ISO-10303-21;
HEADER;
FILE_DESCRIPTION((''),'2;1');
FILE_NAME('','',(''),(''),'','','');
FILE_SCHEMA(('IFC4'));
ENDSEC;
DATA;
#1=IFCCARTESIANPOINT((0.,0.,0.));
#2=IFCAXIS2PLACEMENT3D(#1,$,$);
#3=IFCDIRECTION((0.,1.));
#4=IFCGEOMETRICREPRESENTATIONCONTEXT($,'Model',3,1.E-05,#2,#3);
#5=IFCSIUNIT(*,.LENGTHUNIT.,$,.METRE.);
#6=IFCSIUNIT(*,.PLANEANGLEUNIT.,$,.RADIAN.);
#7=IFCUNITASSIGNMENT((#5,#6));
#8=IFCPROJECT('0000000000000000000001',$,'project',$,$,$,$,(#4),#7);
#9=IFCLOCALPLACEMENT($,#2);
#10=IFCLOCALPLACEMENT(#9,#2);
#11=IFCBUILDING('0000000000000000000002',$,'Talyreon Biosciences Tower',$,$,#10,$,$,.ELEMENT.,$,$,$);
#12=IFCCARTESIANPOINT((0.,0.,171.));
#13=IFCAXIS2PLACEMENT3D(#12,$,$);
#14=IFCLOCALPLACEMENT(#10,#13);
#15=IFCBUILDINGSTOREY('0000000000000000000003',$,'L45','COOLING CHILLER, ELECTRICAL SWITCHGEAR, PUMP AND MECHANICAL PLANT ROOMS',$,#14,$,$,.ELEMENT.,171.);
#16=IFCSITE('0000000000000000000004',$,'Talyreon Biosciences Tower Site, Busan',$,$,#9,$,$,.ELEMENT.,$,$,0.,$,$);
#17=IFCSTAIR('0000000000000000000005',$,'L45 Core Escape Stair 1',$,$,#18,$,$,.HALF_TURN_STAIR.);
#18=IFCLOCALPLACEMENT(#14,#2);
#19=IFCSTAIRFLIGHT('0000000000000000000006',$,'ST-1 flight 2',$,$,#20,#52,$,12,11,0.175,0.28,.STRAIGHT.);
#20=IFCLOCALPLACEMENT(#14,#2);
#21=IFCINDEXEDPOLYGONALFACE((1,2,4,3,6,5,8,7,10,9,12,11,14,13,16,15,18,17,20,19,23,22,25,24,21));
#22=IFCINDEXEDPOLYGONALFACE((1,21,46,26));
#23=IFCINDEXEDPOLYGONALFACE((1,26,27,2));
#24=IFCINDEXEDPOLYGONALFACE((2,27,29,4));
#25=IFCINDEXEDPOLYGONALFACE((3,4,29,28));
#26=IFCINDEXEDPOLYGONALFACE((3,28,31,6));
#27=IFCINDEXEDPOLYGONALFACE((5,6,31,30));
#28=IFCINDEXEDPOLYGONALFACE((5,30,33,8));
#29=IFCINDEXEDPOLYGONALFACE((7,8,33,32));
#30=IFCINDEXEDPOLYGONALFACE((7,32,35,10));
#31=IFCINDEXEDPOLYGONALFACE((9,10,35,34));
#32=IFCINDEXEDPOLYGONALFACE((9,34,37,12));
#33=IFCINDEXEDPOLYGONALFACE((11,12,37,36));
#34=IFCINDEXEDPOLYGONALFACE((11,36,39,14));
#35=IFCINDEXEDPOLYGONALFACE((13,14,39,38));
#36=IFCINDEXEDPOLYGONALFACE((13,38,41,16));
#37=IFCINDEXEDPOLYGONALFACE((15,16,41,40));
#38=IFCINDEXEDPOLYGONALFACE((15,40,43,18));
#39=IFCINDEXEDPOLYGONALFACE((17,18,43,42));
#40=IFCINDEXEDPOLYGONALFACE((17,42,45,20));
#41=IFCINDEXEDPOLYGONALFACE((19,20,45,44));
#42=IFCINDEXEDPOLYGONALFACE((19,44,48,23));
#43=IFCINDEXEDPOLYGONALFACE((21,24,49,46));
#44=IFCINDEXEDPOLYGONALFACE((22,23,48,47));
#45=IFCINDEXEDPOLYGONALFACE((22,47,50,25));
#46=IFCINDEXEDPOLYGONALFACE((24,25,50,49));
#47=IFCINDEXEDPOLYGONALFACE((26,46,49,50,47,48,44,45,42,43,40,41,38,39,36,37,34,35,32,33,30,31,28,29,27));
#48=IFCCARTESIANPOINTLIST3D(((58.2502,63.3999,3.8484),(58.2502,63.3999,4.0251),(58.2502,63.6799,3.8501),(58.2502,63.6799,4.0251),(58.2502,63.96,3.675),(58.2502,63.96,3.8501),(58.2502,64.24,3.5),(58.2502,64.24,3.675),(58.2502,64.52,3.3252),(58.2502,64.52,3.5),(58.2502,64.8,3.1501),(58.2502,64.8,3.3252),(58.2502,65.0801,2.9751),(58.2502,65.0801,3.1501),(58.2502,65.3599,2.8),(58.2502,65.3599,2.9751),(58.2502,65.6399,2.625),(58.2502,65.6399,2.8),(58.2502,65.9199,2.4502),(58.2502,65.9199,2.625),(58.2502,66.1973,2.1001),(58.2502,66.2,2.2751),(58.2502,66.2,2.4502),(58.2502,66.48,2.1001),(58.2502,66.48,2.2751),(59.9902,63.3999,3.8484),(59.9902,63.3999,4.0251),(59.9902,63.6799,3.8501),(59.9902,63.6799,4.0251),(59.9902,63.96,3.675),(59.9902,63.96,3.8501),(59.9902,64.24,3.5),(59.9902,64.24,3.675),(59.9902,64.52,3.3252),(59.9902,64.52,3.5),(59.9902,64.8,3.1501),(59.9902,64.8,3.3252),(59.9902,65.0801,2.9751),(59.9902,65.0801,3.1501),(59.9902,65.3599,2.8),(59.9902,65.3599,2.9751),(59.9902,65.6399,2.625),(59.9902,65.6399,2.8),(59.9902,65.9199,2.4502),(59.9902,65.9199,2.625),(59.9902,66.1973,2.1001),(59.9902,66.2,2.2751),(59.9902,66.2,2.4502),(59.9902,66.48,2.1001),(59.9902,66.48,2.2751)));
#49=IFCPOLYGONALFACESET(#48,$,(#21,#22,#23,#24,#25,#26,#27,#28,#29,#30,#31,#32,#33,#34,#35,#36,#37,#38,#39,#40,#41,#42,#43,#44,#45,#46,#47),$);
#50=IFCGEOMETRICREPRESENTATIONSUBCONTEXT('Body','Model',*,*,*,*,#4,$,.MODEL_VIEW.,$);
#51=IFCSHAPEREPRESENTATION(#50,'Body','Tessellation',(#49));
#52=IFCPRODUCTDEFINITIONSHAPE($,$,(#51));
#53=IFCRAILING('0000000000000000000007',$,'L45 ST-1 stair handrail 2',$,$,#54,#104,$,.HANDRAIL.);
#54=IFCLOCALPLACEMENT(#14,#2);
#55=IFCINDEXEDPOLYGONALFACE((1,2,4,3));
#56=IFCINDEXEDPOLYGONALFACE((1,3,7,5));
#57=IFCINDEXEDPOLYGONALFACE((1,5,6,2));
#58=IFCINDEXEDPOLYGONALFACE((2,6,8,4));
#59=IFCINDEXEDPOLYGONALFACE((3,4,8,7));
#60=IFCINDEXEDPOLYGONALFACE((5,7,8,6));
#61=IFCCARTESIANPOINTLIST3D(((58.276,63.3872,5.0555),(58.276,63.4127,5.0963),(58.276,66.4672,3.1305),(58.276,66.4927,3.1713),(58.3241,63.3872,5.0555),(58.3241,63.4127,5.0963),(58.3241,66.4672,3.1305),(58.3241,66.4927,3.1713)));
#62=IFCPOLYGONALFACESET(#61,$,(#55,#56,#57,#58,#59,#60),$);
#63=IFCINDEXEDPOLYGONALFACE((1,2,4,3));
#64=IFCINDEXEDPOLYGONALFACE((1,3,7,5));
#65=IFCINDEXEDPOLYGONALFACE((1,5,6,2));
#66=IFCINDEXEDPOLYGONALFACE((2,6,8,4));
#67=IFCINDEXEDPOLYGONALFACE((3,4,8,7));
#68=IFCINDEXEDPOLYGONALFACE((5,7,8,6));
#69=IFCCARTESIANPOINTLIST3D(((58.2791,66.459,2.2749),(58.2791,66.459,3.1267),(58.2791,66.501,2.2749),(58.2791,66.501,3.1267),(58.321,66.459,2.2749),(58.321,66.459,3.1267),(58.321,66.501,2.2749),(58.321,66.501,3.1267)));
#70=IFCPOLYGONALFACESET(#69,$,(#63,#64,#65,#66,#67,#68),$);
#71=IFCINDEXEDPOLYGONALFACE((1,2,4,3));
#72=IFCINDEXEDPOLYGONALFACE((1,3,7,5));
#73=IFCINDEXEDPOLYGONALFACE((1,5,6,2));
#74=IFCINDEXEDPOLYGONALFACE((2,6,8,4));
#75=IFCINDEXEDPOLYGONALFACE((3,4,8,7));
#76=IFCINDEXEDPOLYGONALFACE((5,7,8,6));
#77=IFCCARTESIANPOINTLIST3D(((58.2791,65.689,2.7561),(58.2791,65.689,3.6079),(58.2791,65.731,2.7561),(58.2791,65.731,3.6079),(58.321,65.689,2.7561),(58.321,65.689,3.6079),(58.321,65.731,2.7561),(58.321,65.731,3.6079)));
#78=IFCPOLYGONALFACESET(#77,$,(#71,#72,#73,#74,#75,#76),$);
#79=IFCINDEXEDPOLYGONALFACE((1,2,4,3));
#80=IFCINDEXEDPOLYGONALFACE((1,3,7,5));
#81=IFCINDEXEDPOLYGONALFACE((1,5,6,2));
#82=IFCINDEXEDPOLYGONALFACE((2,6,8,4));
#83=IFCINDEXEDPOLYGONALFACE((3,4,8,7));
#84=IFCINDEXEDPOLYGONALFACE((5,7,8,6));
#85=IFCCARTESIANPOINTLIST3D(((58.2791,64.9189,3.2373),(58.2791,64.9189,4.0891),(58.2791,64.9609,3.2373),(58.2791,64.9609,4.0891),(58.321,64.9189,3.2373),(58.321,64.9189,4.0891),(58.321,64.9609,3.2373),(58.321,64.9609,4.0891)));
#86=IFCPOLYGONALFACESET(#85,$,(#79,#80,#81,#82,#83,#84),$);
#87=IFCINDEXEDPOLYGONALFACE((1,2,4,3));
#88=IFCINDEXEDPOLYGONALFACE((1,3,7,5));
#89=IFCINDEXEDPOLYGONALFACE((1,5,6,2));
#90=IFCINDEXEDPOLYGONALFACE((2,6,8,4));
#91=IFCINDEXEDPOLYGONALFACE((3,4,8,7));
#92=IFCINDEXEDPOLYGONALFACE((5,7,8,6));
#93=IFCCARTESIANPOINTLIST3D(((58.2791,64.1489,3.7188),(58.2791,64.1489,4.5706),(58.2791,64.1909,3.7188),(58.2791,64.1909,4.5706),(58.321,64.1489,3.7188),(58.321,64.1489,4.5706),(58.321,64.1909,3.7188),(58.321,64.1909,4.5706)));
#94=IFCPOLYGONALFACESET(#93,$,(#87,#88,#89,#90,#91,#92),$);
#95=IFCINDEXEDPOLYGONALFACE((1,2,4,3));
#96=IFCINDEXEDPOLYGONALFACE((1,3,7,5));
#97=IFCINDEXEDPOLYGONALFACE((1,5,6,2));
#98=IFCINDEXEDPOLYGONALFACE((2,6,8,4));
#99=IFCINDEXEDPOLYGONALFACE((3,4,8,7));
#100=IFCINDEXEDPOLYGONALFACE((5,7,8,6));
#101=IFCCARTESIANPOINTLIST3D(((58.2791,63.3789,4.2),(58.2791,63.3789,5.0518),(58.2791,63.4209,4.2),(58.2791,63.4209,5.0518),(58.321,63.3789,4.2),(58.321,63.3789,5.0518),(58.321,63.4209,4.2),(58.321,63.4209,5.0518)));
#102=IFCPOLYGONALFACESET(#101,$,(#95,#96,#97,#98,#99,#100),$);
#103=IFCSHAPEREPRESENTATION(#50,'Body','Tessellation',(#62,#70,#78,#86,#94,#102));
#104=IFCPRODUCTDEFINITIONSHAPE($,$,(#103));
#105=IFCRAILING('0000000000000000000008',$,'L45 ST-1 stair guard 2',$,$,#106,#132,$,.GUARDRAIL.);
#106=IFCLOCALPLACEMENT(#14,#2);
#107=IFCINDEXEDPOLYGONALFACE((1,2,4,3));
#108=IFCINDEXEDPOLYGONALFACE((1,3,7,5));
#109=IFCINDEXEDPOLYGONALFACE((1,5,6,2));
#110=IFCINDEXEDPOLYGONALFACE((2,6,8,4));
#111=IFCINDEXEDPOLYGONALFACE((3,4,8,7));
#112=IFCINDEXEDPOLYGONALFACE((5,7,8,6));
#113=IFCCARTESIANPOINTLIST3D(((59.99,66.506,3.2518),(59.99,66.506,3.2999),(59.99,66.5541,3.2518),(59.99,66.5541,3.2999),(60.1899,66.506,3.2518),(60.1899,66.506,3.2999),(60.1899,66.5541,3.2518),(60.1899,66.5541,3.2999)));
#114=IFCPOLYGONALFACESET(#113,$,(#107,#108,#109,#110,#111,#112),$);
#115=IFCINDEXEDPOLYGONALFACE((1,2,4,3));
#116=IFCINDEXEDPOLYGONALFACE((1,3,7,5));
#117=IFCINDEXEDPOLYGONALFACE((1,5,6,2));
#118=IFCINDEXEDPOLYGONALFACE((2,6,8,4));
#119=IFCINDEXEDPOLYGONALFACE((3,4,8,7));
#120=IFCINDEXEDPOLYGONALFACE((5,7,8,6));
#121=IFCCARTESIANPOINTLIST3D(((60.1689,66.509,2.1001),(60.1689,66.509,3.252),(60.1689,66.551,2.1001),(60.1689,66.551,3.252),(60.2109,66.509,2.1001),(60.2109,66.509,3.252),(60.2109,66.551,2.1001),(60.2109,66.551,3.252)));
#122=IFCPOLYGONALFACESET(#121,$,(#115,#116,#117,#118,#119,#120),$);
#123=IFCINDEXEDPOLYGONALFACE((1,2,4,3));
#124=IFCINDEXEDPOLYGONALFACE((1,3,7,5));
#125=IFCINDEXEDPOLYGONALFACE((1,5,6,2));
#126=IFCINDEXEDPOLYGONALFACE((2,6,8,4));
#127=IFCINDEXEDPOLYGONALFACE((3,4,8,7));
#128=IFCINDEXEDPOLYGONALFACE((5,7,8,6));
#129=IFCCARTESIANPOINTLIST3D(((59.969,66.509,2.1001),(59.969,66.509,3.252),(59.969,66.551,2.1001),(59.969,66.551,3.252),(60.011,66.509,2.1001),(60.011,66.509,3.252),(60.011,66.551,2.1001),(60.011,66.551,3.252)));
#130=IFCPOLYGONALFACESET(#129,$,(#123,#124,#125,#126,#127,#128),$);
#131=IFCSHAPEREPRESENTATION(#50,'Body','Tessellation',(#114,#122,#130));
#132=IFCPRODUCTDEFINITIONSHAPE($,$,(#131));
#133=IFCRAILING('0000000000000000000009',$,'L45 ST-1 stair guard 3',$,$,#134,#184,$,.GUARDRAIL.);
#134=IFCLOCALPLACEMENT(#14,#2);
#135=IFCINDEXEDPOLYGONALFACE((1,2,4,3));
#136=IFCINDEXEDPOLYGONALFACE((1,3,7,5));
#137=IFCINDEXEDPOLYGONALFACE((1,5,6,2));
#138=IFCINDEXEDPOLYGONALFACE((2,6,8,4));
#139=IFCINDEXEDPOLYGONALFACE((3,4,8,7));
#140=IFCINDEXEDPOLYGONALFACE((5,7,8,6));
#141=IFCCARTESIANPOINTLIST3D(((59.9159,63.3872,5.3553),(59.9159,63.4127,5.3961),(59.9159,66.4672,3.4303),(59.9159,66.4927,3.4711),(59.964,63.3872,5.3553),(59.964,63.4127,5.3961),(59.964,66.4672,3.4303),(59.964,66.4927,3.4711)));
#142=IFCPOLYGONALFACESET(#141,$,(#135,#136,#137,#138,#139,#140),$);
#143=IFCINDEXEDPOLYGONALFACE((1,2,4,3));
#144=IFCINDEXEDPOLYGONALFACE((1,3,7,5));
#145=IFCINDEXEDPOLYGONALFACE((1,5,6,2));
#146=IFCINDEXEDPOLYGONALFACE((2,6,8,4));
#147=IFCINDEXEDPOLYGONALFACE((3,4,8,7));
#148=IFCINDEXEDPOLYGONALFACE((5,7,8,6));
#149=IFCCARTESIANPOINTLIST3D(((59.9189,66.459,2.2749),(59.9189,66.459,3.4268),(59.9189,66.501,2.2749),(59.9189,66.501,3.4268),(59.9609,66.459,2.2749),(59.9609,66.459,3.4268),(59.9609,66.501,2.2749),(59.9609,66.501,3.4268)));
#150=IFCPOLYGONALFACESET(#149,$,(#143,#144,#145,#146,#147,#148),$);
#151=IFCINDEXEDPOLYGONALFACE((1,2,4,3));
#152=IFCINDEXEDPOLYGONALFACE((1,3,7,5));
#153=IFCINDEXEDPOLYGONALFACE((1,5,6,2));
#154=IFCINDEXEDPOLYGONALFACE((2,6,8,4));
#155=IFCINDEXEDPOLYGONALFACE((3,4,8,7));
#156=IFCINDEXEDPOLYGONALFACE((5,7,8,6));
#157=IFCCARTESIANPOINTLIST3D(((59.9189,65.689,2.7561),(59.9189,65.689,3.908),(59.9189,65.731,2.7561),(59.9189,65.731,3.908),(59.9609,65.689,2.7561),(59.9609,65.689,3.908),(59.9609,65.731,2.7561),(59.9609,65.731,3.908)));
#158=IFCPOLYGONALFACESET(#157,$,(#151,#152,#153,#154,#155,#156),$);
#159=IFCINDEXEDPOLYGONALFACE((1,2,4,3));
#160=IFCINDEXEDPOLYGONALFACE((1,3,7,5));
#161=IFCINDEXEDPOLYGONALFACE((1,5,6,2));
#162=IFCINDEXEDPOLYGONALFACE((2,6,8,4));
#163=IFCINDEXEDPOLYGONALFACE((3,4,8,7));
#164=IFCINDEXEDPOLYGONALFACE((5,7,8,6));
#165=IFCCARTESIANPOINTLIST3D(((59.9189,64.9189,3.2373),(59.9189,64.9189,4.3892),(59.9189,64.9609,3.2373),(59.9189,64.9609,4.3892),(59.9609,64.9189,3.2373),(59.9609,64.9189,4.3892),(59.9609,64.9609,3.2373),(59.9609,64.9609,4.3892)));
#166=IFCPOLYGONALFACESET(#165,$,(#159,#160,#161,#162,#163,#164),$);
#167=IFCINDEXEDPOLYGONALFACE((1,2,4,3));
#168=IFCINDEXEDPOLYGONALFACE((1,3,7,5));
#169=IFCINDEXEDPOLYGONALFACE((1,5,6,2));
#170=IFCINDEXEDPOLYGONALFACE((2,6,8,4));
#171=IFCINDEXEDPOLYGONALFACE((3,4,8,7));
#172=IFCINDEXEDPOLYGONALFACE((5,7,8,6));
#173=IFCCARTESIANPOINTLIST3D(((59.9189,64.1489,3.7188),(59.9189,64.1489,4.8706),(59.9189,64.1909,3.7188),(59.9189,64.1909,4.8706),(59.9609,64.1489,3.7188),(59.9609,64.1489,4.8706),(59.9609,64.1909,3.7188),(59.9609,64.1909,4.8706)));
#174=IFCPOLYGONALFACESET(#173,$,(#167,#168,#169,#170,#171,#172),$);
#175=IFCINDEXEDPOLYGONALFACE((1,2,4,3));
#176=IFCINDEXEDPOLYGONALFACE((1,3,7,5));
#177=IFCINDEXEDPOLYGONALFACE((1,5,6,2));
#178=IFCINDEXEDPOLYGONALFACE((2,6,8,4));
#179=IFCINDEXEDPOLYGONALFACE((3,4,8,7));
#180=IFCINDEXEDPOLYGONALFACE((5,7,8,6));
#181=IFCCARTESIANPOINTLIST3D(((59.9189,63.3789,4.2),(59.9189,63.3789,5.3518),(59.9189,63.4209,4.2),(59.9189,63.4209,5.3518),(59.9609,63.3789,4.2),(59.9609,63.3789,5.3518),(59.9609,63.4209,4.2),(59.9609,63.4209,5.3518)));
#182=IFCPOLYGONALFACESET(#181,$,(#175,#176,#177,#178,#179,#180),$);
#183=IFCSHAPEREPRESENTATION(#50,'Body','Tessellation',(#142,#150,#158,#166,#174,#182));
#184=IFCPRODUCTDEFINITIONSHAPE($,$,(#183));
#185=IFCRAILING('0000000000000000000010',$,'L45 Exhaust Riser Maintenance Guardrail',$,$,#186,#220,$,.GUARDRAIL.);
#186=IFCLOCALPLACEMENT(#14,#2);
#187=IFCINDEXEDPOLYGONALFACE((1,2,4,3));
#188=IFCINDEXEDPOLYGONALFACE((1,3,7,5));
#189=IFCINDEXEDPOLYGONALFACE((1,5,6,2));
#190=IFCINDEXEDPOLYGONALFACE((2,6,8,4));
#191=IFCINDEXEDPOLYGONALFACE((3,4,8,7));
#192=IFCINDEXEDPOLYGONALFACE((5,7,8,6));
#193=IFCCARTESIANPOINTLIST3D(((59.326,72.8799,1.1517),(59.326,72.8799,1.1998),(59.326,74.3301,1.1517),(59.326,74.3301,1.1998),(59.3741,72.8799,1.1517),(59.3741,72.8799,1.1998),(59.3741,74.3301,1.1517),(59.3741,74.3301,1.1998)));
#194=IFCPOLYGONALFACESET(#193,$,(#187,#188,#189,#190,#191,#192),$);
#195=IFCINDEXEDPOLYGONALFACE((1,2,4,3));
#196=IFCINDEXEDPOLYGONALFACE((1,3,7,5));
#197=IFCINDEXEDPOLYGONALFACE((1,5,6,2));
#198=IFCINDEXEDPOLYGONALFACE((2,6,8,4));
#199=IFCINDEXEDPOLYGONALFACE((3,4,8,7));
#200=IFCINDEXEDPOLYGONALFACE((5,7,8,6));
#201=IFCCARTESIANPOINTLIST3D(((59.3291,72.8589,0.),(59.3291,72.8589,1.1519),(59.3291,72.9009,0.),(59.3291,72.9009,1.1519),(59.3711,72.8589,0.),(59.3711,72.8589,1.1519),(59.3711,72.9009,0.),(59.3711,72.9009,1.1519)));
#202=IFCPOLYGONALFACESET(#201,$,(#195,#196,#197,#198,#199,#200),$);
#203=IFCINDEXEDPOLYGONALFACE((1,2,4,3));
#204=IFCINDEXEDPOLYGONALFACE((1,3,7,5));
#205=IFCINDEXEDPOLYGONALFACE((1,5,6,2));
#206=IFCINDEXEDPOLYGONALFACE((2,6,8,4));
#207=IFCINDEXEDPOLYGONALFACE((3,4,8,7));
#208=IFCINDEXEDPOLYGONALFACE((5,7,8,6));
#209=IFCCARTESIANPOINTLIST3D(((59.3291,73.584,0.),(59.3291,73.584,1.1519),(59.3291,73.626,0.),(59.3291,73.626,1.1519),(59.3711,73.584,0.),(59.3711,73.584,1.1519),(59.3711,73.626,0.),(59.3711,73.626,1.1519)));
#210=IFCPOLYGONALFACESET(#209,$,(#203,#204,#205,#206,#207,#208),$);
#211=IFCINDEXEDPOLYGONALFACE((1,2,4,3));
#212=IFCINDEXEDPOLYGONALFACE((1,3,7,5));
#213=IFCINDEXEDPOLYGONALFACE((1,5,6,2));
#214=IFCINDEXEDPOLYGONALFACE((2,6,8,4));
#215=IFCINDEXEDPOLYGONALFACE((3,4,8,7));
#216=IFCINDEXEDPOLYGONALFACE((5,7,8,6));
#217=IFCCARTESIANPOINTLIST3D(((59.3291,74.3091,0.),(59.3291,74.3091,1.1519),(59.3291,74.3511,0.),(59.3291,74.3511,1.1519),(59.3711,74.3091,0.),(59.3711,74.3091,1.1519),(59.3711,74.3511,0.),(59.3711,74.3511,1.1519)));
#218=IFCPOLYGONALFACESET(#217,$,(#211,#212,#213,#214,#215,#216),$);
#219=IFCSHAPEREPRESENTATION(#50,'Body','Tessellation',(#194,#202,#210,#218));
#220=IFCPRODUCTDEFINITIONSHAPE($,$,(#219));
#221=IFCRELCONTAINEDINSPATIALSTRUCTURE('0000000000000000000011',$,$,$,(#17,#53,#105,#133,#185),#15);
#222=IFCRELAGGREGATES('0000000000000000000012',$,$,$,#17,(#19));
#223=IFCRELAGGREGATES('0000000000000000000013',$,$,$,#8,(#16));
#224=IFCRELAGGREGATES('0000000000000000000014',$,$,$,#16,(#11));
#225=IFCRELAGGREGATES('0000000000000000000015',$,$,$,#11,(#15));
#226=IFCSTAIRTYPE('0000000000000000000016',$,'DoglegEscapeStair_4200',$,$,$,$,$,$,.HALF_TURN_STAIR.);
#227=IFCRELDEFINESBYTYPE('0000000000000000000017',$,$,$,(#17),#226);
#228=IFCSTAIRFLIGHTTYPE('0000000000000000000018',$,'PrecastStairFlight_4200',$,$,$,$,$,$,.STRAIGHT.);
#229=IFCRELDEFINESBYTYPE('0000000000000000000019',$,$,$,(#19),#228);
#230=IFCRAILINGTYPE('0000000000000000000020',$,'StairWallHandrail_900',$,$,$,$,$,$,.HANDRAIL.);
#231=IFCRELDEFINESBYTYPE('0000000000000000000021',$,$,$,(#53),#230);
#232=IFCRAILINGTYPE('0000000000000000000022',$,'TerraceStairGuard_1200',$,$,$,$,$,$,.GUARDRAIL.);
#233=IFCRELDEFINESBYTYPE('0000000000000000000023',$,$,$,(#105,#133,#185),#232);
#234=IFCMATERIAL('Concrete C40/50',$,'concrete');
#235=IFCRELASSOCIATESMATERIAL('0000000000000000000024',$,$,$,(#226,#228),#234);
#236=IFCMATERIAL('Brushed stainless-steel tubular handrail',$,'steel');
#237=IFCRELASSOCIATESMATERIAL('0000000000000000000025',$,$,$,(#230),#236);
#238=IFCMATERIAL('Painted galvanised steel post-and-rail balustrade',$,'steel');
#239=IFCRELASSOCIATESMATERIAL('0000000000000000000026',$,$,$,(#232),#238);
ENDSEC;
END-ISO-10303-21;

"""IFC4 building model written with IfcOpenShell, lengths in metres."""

from ifc_helpers import new_model, si_unit, direction, frame, origin, origin_2d, place, context, subcontext, project, spatial, polyline, rectangle, outline, extrude, material, type_object, element, aggregate, save


model = new_model("IFC4")

# Units and contexts
model_context = context("Model", 3, precision=1e-05, world=origin(), true_north=direction((0.0, 1.0)))
body_context = subcontext(model_context, "Body", "Model", "MODEL_VIEW")
ifc_project = project(units=[si_unit("LENGTHUNIT", "METRE"), si_unit("PLANEANGLEUNIT", "RADIAN")], contexts=[model_context])

# Site, building, storey
site_placement = place(None, origin())
site = spatial("IfcSite", under=ifc_project, at=site_placement, Name="Talyreon Biosciences Tower Site, Busan", CompositionType="ELEMENT", RefElevation=0.0)
building_placement = place(site_placement, origin())
building = spatial("IfcBuilding", under=site, at=building_placement, Name="Talyreon Biosciences Tower", CompositionType="ELEMENT")
storey_placement = place(building_placement, frame((0.0, 0.0, 171.0)))
storey = spatial("IfcBuildingStorey", under=building, at=storey_placement, Name="L45", Description="COOLING CHILLER, ELECTRICAL SWITCHGEAR, PUMP AND MECHANICAL PLANT ROOMS", CompositionType="ELEMENT", Elevation=171.0)

# Stair, stair flight
ifc_material_1 = material(Name="Concrete C40/50", Category="concrete")
stair_type = type_object("IfcStairType", Name="DoglegEscapeStair_4200", PredefinedType="HALF_TURN_STAIR", material=ifc_material_1)
stair_placement = place(storey_placement, origin())
stair = element("IfcStair", 1, at=stair_placement, inside=storey, type_object=stair_type, Name="L45 Core Escape Stair 1", PredefinedType="HALF_TURN_STAIR")
stair_flight_type = type_object("IfcStairFlightType", Name="PrecastStairFlight_4200", PredefinedType="STRAIGHT", material=ifc_material_1)
stair_flight_placement = place(storey_placement, frame((59.1201, 66.48, 2.1001), z_axis=(0.0, 0.0, 1.0), x_axis=(0.0, -1.0, 0.0)))
stair_flight = element("IfcStairFlight", 2, at=stair_flight_placement, type_object=stair_flight_type, Name="ST-1 flight 2", NumberOfRisers=12, NumberOfTreads=11, PredefinedType="STRAIGHT", RiserHeight=0.175, TreadLength=0.28, context=body_context, shape_type="SweptSolid", body=[
    extrude(outline(polyline([(0.0, 0.0), (0.0, 0.175), (0.28, 0.175), (0.28, 0.3501), (0.5601, 0.3501), (0.5601, 0.5249), (0.8401, 0.5249), (0.8401, 0.7), (1.1201, 0.7), (1.1201, 0.875), (1.3999, 0.875), (1.3999, 1.05), (1.6799, 1.05), (1.6799, 1.2251), (1.96, 1.2251), (1.96, 1.3999), (2.24, 1.3999), (2.24, 1.575), (2.52, 1.575), (2.52, 1.75), (2.8, 1.75), (2.8, 1.925), (3.0801, 1.925), (3.0801, 2.1001), (3.0801, 1.7483), (0.2827, 0.0), (0.0, 0.0)])), frame((0.0, 0.8701, 0.0), z_axis=(0.0, -1.0, 0.0), x_axis=(1.0, 0.0, 0.0)), (0.0, 0.0, 1.0), 1.74),
])
aggregate(stair, [stair_flight])

# Railings
ifc_material_2 = material(Name="Brushed stainless-steel tubular handrail", Category="steel")
railing_type_1 = type_object("IfcRailingType", Name="StairWallHandrail_900", PredefinedType="HANDRAIL", material=ifc_material_2)
railing_1_placement = place(storey_placement, frame((58.3, 66.48, 2.2749)))
element("IfcRailing", 3, at=railing_1_placement, inside=storey, type_object=railing_type_1, Name="L45 ST-1 stair handrail 2", PredefinedType="HANDRAIL", context=body_context, shape_type="SweptSolid", body=[
    extrude(rectangle(XDim=0.0481, YDim=0.0481, at=origin_2d()), frame((0.0, 0.0, 0.876), z_axis=(0.0, -0.847998, 0.529999), x_axis=(1.0, 0.0, 0.0)), (0.0, 0.0, 1.0), 3.6321),
    extrude(rectangle(XDim=0.042, YDim=0.042, at=origin_2d()), origin(), (0.0, 0.0, 1.0), 0.8518),
    extrude(rectangle(XDim=0.042, YDim=0.042, at=origin_2d()), frame((0.0, -0.77, 0.4812)), (0.0, 0.0, 1.0), 0.8518),
    extrude(rectangle(XDim=0.042, YDim=0.042, at=origin_2d()), frame((0.0, -1.54, 0.9624)), (0.0, 0.0, 1.0), 0.8518),
    extrude(rectangle(XDim=0.042, YDim=0.042, at=origin_2d()), frame((0.0, -2.3101, 1.4438)), (0.0, 0.0, 1.0), 0.8518),
    extrude(rectangle(XDim=0.042, YDim=0.042, at=origin_2d()), frame((0.0, -3.0801, 1.925)), (0.0, 0.0, 1.0), 0.8518),
])
ifc_material_3 = material(Name="Painted galvanised steel post-and-rail balustrade", Category="steel")
railing_type_2 = type_object("IfcRailingType", Name="TerraceStairGuard_1200", PredefinedType="GUARDRAIL", material=ifc_material_3)
railing_2_placement = place(storey_placement, frame((60.1899, 66.53, 2.1001)))
element("IfcRailing", 4, at=railing_2_placement, inside=storey, type_object=railing_type_2, Name="L45 ST-1 stair guard 2", PredefinedType="GUARDRAIL", context=body_context, shape_type="SweptSolid", body=[
    extrude(rectangle(XDim=0.0481, YDim=0.0481, at=origin_2d()), frame((0.0, 0.0, 1.1758), z_axis=(-1.0, 0.0, 0.0), x_axis=(0.0, -1.0, 0.0)), (0.0, 0.0, 1.0), 0.2),
    extrude(rectangle(XDim=0.042, YDim=0.042, at=origin_2d()), origin(), (0.0, 0.0, 1.0), 1.1519),
    extrude(rectangle(XDim=0.042, YDim=0.042, at=origin_2d()), frame((-0.2, 0.0, 0.0)), (0.0, 0.0, 1.0), 1.1519),
])
railing_3_placement = place(storey_placement, frame((59.9399, 66.48, 2.2749)))
element("IfcRailing", 5, at=railing_3_placement, inside=storey, type_object=railing_type_2, Name="L45 ST-1 stair guard 3", PredefinedType="GUARDRAIL", context=body_context, shape_type="SweptSolid", body=[
    extrude(rectangle(XDim=0.0481, YDim=0.0481, at=origin_2d()), frame((0.0, 0.0, 1.1758), z_axis=(0.0, -0.847998, 0.529999), x_axis=(1.0, 0.0, 0.0)), (0.0, 0.0, 1.0), 3.6321),
    extrude(rectangle(XDim=0.042, YDim=0.042, at=origin_2d()), origin(), (0.0, 0.0, 1.0), 1.1519),
    extrude(rectangle(XDim=0.042, YDim=0.042, at=origin_2d()), frame((0.0, -0.77, 0.4812)), (0.0, 0.0, 1.0), 1.1519),
    extrude(rectangle(XDim=0.042, YDim=0.042, at=origin_2d()), frame((0.0, -1.54, 0.9624)), (0.0, 0.0, 1.0), 1.1519),
    extrude(rectangle(XDim=0.042, YDim=0.042, at=origin_2d()), frame((0.0, -2.3101, 1.4438)), (0.0, 0.0, 1.0), 1.1519),
    extrude(rectangle(XDim=0.042, YDim=0.042, at=origin_2d()), frame((0.0, -3.0801, 1.925)), (0.0, 0.0, 1.0), 1.1519),
])
railing_4_placement = place(storey_placement, frame((59.3501, 72.8799, 0.0)))
element("IfcRailing", 6, at=railing_4_placement, inside=storey, type_object=railing_type_2, Name="L45 Exhaust Riser Maintenance Guardrail", PredefinedType="GUARDRAIL", context=body_context, shape_type="SweptSolid", body=[
    extrude(rectangle(XDim=0.0481, YDim=0.0481, at=origin_2d()), frame((0.0, 0.0, 1.1758), z_axis=(0.0, 1.0, 0.0), x_axis=(-1.0, 0.0, 0.0)), (0.0, 0.0, 1.0), 1.4502),
    extrude(rectangle(XDim=0.042, YDim=0.042, at=origin_2d()), origin(), (0.0, 0.0, 1.0), 1.1519),
    extrude(rectangle(XDim=0.042, YDim=0.042, at=origin_2d()), frame((0.0, 0.7251, 0.0)), (0.0, 0.0, 1.0), 1.1519),
    extrude(rectangle(XDim=0.042, YDim=0.042, at=origin_2d()), frame((0.0, 1.4502, 0.0)), (0.0, 0.0, 1.0), 1.1519),
])

save(model, "model.ifc")
